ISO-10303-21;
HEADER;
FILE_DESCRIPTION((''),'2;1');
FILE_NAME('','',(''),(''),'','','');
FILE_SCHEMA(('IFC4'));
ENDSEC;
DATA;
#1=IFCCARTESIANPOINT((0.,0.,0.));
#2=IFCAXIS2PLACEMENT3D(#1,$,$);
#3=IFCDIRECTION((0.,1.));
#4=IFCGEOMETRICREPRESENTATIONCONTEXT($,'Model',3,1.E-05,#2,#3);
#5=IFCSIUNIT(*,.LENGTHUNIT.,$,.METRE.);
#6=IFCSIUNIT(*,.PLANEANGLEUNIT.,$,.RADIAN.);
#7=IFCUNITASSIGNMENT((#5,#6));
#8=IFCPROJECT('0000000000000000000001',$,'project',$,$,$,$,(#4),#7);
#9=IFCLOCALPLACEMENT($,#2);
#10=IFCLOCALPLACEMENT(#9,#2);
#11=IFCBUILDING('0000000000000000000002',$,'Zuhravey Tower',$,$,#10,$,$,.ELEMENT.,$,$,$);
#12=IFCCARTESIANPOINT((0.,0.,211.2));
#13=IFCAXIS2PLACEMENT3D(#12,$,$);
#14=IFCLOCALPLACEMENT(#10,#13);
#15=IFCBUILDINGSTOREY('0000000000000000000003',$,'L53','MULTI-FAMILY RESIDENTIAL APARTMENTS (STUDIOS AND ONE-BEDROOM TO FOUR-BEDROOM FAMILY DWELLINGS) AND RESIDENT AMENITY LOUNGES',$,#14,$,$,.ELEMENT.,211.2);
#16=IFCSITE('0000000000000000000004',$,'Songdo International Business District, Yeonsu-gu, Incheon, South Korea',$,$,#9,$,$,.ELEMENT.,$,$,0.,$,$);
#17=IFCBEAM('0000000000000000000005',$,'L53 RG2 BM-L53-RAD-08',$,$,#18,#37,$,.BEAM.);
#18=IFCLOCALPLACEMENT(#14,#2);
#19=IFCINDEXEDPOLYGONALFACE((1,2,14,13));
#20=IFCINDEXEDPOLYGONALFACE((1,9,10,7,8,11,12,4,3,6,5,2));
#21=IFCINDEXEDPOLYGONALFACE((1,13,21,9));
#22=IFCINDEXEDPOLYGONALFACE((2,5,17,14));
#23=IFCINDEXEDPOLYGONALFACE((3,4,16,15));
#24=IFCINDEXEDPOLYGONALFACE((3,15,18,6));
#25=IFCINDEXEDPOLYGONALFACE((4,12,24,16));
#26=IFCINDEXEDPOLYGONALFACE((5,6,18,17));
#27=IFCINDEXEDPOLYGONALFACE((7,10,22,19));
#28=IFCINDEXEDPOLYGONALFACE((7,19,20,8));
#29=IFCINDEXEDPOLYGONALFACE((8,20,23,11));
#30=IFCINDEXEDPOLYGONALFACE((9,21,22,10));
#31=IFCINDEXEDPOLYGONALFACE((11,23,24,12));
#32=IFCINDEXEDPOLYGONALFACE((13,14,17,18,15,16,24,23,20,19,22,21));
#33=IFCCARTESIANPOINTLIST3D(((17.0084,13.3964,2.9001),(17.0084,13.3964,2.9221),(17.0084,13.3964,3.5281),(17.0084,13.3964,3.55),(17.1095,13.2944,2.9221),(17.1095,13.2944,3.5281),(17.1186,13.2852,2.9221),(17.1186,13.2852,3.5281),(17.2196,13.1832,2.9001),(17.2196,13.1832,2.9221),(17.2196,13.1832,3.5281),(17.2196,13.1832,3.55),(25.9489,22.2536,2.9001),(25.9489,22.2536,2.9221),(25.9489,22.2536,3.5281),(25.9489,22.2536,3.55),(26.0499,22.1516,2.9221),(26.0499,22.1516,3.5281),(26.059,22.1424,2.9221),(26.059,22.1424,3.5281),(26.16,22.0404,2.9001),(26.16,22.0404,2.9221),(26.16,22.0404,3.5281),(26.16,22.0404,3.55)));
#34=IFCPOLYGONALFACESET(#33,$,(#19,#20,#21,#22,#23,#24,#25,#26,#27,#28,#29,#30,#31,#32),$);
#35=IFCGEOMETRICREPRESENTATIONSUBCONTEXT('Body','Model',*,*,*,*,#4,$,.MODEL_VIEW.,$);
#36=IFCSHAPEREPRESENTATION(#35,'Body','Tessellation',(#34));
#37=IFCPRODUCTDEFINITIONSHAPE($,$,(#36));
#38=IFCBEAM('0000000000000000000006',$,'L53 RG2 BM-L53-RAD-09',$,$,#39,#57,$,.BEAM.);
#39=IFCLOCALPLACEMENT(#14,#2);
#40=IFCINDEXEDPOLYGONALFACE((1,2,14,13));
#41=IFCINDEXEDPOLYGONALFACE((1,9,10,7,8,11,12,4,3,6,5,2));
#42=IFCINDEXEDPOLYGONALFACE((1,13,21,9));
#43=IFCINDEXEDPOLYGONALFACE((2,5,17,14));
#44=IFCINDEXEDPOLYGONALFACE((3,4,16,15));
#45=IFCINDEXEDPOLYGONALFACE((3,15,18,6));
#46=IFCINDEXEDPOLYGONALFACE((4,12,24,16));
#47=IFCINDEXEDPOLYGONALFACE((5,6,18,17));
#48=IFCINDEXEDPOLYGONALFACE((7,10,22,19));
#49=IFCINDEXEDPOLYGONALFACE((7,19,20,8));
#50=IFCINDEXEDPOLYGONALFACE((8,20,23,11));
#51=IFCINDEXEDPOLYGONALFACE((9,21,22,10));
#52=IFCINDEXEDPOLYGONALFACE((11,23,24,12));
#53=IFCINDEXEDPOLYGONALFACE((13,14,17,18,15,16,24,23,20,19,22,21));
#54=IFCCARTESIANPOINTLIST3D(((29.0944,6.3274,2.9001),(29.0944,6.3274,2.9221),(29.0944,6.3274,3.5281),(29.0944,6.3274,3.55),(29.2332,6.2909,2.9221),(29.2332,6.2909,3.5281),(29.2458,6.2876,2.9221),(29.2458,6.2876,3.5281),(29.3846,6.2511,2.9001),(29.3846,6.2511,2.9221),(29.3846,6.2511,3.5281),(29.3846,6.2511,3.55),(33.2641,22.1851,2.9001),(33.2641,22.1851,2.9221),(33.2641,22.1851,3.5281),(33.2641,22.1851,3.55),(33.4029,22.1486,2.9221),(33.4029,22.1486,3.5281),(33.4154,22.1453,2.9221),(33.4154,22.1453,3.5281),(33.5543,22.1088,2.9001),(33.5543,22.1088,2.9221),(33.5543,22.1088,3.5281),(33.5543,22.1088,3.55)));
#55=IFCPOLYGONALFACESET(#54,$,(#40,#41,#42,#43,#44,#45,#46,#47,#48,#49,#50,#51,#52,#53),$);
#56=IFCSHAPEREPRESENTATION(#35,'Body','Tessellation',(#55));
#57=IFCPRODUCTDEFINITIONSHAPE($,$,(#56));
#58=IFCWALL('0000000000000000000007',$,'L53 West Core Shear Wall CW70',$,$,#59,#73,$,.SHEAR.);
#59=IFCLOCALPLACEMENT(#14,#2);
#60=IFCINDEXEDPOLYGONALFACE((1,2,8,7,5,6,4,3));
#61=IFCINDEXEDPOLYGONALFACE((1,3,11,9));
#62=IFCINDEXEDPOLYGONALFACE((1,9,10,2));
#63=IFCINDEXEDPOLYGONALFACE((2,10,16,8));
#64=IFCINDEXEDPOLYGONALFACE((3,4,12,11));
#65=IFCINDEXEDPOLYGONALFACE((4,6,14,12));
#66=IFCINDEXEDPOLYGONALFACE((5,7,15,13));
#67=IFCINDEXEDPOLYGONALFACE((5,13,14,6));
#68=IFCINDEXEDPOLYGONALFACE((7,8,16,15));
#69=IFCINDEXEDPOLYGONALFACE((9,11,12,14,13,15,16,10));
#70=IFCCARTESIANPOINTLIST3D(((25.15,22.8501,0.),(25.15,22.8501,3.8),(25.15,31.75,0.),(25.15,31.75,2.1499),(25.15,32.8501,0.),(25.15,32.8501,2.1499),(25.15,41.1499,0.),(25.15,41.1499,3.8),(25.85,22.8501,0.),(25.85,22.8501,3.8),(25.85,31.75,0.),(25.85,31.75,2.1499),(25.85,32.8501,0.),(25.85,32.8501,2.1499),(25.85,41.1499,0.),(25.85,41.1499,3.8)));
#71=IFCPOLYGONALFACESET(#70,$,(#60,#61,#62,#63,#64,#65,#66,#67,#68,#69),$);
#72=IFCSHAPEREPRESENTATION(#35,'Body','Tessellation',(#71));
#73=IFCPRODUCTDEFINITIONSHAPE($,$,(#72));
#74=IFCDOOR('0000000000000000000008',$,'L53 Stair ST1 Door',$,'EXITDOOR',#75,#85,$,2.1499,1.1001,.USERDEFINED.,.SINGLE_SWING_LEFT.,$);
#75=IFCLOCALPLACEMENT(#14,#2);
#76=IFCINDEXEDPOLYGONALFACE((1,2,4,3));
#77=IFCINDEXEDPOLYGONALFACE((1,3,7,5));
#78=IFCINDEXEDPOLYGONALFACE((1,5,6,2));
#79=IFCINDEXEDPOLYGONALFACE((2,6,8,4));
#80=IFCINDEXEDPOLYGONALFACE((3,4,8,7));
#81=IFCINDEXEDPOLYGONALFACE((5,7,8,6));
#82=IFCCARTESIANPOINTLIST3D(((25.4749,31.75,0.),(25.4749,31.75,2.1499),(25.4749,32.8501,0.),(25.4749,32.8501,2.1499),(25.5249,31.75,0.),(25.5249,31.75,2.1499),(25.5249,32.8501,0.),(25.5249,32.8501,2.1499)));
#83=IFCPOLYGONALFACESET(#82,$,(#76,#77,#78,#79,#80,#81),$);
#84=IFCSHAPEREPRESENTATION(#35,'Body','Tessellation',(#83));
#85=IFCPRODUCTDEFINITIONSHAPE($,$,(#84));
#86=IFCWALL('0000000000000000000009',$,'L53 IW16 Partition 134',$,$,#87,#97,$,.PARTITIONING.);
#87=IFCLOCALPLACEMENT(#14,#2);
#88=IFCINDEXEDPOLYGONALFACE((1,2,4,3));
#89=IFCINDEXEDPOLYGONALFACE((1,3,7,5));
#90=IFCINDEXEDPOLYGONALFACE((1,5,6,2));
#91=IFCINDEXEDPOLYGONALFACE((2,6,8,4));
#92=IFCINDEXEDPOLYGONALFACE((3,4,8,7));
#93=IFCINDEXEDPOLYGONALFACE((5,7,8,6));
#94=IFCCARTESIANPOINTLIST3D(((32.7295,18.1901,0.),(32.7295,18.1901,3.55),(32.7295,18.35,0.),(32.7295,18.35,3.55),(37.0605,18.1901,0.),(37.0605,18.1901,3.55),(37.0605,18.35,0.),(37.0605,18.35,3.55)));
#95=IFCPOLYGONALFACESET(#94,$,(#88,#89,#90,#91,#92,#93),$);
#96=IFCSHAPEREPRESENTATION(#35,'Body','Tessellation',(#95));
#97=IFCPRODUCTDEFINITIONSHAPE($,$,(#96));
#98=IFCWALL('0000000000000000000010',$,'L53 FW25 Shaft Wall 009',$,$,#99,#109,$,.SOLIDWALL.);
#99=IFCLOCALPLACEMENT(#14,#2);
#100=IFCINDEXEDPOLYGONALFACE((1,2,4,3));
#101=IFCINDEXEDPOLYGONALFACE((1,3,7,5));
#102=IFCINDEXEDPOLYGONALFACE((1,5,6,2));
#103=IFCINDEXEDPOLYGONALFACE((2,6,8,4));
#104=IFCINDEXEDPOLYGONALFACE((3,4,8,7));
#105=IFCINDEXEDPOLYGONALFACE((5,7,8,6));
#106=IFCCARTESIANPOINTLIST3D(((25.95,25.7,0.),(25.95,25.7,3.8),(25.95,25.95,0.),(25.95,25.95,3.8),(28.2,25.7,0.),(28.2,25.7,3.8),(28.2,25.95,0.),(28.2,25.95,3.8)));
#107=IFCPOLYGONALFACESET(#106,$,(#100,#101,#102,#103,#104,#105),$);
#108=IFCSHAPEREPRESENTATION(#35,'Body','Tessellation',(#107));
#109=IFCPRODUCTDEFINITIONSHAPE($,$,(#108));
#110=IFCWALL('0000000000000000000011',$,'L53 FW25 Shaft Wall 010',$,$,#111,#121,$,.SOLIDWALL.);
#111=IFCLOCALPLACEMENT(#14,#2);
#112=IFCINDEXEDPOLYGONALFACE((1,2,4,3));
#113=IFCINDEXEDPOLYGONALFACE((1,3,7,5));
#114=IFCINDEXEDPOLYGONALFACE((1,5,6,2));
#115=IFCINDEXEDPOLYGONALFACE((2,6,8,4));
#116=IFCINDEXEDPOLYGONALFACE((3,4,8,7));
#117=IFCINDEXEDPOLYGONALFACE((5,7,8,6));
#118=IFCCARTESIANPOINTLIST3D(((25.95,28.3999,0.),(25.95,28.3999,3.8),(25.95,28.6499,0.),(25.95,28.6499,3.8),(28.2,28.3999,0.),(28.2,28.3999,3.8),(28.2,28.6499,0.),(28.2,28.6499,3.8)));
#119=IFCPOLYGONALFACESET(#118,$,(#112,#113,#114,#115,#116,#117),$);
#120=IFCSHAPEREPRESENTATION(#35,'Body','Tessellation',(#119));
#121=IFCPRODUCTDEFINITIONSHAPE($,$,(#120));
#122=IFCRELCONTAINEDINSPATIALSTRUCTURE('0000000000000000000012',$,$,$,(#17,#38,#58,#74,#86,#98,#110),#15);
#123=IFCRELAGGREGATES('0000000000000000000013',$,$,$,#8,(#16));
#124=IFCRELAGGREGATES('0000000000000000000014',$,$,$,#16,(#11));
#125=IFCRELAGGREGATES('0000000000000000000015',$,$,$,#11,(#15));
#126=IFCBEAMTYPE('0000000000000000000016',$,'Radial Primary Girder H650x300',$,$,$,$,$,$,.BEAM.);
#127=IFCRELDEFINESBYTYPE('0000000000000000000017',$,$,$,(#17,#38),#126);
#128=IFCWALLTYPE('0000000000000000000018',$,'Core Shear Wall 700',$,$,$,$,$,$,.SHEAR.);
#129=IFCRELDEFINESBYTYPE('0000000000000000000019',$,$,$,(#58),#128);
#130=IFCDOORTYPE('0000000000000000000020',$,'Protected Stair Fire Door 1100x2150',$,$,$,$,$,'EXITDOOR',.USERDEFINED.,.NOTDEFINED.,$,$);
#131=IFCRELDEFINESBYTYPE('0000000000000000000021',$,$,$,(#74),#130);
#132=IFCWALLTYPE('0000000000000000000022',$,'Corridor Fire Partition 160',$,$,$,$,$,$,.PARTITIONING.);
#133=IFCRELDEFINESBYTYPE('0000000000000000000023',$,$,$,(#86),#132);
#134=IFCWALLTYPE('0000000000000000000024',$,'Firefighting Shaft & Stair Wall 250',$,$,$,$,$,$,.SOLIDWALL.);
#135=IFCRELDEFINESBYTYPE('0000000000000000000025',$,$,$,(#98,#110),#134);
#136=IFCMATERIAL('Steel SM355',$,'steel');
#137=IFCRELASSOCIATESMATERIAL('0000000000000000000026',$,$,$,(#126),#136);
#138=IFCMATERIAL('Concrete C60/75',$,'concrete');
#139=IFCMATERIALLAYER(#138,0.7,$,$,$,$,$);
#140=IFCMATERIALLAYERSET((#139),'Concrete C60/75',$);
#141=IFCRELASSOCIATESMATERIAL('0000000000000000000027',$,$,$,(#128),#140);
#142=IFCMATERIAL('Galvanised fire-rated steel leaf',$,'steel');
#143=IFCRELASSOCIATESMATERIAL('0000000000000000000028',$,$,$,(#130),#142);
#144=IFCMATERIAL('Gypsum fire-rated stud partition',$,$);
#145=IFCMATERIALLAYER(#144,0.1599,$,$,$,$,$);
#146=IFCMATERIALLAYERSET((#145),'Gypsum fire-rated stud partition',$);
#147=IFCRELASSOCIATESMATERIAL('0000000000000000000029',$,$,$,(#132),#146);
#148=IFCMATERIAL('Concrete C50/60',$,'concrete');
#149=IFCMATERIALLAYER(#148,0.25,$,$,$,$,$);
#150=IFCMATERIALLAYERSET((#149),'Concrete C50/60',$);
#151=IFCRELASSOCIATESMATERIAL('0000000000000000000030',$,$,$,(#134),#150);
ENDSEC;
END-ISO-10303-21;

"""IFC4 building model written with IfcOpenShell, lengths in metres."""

from ifc_helpers import new_model, si_unit, direction, frame, frame_2d, origin, origin_2d, place, context, subcontext, project, spatial, rectangle, i_section, extrude, material, layer, layer_set, material_profile, profile_set, type_object, element, fill, save


model = new_model("IFC4")

# Units and contexts
model_context = context("Model", 3, precision=1e-05, world=origin(), true_north=direction((0.0, 1.0)))
body_context = subcontext(model_context, "Body", "Model", "MODEL_VIEW")
ifc_project = project(units=[si_unit("LENGTHUNIT", "METRE"), si_unit("PLANEANGLEUNIT", "RADIAN")], contexts=[model_context])

# Site, building, storey
site_placement = place(None, origin())
site = spatial("IfcSite", under=ifc_project, at=site_placement, Name="Songdo International Business District, Yeonsu-gu, Incheon, South Korea", CompositionType="ELEMENT", RefElevation=0.0)
building_placement = place(site_placement, origin())
building = spatial("IfcBuilding", under=site, at=building_placement, Name="Zuhravey Tower", CompositionType="ELEMENT")
storey_placement = place(building_placement, frame((0.0, 0.0, 211.2)))
storey = spatial("IfcBuildingStorey", under=building, at=storey_placement, Name="L53", Description="MULTI-FAMILY RESIDENTIAL APARTMENTS (STUDIOS AND ONE-BEDROOM TO FOUR-BEDROOM FAMILY DWELLINGS) AND RESIDENT AMENITY LOUNGES", CompositionType="ELEMENT", Elevation=211.2)

# Beams
ifc_material_1 = material(Name="Steel SM355", Category="steel")
ifc_material_profile = material_profile(ifc_material_1, i_section(OverallWidth=0.3, OverallDepth=0.6499, WebThickness=0.0129, FlangeThickness=0.022, at=origin_2d()), Name="H-650x300x13x22")
ifc_profile_set = profile_set([ifc_material_profile], Name="Steel SM355")
beam_type = type_object("IfcBeamType", Name="Radial Primary Girder H650x300", PredefinedType="BEAM", material=ifc_profile_set)
beam_1_placement = place(storey_placement, frame((26.0544, 22.147, 3.2251), z_axis=(-0.710407, -0.703791, 0.0), x_axis=(0.703791, -0.710407, 0.0)))
element("IfcBeam", 1, at=beam_1_placement, inside=storey, type_object=beam_type, Name="L53 RG2 BM-L53-RAD-08", PredefinedType="BEAM", context=body_context, shape_type="SweptSolid", body=[
    extrude(i_section(OverallWidth=0.3, OverallDepth=0.6499, WebThickness=0.0129, FlangeThickness=0.022, at=origin_2d()), origin(), (0.0, 0.0, 1.0), 12.585),
])
beam_2_placement = place(storey_placement, frame((33.4092, 22.147, 3.2251), z_axis=(-0.2543, -0.967125, 0.0), x_axis=(0.967125, -0.2543, 0.0)))
element("IfcBeam", 2, at=beam_2_placement, inside=storey, type_object=beam_type, Name="L53 RG2 BM-L53-RAD-09", PredefinedType="BEAM", context=body_context, shape_type="SweptSolid", body=[
    extrude(i_section(OverallWidth=0.3, OverallDepth=0.6499, WebThickness=0.0129, FlangeThickness=0.022, at=origin_2d()), origin(), (0.0, 0.0, 1.0), 16.3967),
])

# Wall, opening, door
ifc_material_2 = material(Name="Concrete C60/75", Category="concrete")
ifc_layer_1 = layer(ifc_material_2, 0.7)
ifc_layer_set_1 = layer_set([ifc_layer_1], Name="Concrete C60/75")
wall_type_1 = type_object("IfcWallType", Name="Core Shear Wall 700", PredefinedType="SHEAR", material=ifc_layer_set_1)
wall_1_placement = place(storey_placement, frame((25.5, 22.8501, 0.0), z_axis=(0.0, 0.0, 1.0), x_axis=(0.0, 1.0, 0.0)))
wall_1 = element("IfcWall", 3, at=wall_1_placement, inside=storey, type_object=wall_type_1, Name="L53 West Core Shear Wall CW70", PredefinedType="SHEAR", context=body_context, shape_type="SweptSolid", body=[
    extrude(rectangle(XDim=18.2998, YDim=0.7, at=frame_2d((9.1499, 0.0))), origin(), (0.0, 0.0, 1.0), 3.8),
])
opening_1_placement = place(wall_1_placement, frame((8.8999, 0.0, 0.0)))
opening_1 = element("IfcOpeningElement", 4, at=opening_1_placement, cuts=wall_1, PredefinedType="OPENING", context=body_context, shape_type="SweptSolid", body=[
    extrude(rectangle(XDim=1.1001, YDim=2.1499, at=frame_2d((0.55, 1.075))), frame((0.0, 0.3621, 0.0), z_axis=(0.0, -1.0, 0.0), x_axis=(1.0, 0.0, 0.0)), (0.0, 0.0, 1.0), 0.7239),
])
ifc_material_3 = material(Name="Galvanised fire-rated steel leaf", Category="steel")
door_type_1 = type_object("IfcDoorType", Name="Protected Stair Fire Door 1100x2150", ElementType="EXITDOOR", OperationType="NOTDEFINED", PredefinedType="USERDEFINED", material=ifc_material_3)
door_1_placement = place(opening_1_placement, frame((1.1001, 0.0, 0.0), z_axis=(0.0, 0.0, 1.0), x_axis=(-1.0, 0.0, 0.0)))
door_1 = element("IfcDoor", 5, at=door_1_placement, inside=storey, type_object=door_type_1, Name="L53 Stair ST1 Door", ObjectType="EXITDOOR", OperationType="SINGLE_SWING_LEFT", OverallHeight=2.1499, OverallWidth=1.1001, PredefinedType="USERDEFINED", context=body_context, shape_type="SweptSolid", body=[
    extrude(rectangle(XDim=1.1001, YDim=2.1499, at=frame_2d((0.55, 1.075))), frame((0.0, 0.0249, 0.0), z_axis=(0.0, -1.0, 0.0), x_axis=(1.0, 0.0, 0.0)), (0.0, 0.0, 1.0), 0.05),
])
fill(opening_1, door_1)
ifc_material_4 = material(Name="Gypsum fire-rated stud partition")
ifc_layer_2 = layer(ifc_material_4, 0.1599)
ifc_layer_set_2 = layer_set([ifc_layer_2], Name="Gypsum fire-rated stud partition")
wall_type_2 = type_object("IfcWallType", Name="Corridor Fire Partition 160", PredefinedType="PARTITIONING", material=ifc_layer_set_2)

# Wall
wall_2_placement = place(storey_placement, frame((32.7295, 18.27, 0.0), z_axis=(0.0, 0.0, 1.0), x_axis=(1.0, 0.0, 0.0)))
element("IfcWall", 6, at=wall_2_placement, inside=storey, type_object=wall_type_2, Name="L53 IW16 Partition 134", PredefinedType="PARTITIONING", context=body_context, shape_type="SweptSolid", body=[
    extrude(rectangle(XDim=4.3311, YDim=0.1599, at=frame_2d((2.1655, 0.0))), origin(), (0.0, 0.0, 1.0), 3.55),
])

# Shared definitions
ifc_material_5 = material(Name="Concrete C50/60", Category="concrete")
ifc_layer_3 = layer(ifc_material_5, 0.25)
ifc_layer_set_3 = layer_set([ifc_layer_3], Name="Concrete C50/60")
wall_type_3 = type_object("IfcWallType", Name="Firefighting Shaft & Stair Wall 250", PredefinedType="SOLIDWALL", material=ifc_layer_set_3)

# Walls
for number, where, z_axis, x_axis, name in (
    (7, (25.95, 25.825, 0.0), (0.0, 0.0, 1.0), (1.0, 0.0, 0.0), "L53 FW25 Shaft Wall 009"),
    (8, (25.95, 28.5249, 0.0), (0.0, 0.0, 1.0), (1.0, 0.0, 0.0), "L53 FW25 Shaft Wall 010"),
):
    element("IfcWall", number, at=place(storey_placement, frame(where, z_axis=z_axis, x_axis=x_axis)), inside=storey, type_object=wall_type_3, Name=name, PredefinedType="SOLIDWALL", context=body_context, shape_type="SweptSolid", body=[
        extrude(rectangle(XDim=2.25, YDim=0.25, at=frame_2d((1.125, 0.0))), origin(), (0.0, 0.0, 1.0), 3.8),
    ])

save(model, "model.ifc")
